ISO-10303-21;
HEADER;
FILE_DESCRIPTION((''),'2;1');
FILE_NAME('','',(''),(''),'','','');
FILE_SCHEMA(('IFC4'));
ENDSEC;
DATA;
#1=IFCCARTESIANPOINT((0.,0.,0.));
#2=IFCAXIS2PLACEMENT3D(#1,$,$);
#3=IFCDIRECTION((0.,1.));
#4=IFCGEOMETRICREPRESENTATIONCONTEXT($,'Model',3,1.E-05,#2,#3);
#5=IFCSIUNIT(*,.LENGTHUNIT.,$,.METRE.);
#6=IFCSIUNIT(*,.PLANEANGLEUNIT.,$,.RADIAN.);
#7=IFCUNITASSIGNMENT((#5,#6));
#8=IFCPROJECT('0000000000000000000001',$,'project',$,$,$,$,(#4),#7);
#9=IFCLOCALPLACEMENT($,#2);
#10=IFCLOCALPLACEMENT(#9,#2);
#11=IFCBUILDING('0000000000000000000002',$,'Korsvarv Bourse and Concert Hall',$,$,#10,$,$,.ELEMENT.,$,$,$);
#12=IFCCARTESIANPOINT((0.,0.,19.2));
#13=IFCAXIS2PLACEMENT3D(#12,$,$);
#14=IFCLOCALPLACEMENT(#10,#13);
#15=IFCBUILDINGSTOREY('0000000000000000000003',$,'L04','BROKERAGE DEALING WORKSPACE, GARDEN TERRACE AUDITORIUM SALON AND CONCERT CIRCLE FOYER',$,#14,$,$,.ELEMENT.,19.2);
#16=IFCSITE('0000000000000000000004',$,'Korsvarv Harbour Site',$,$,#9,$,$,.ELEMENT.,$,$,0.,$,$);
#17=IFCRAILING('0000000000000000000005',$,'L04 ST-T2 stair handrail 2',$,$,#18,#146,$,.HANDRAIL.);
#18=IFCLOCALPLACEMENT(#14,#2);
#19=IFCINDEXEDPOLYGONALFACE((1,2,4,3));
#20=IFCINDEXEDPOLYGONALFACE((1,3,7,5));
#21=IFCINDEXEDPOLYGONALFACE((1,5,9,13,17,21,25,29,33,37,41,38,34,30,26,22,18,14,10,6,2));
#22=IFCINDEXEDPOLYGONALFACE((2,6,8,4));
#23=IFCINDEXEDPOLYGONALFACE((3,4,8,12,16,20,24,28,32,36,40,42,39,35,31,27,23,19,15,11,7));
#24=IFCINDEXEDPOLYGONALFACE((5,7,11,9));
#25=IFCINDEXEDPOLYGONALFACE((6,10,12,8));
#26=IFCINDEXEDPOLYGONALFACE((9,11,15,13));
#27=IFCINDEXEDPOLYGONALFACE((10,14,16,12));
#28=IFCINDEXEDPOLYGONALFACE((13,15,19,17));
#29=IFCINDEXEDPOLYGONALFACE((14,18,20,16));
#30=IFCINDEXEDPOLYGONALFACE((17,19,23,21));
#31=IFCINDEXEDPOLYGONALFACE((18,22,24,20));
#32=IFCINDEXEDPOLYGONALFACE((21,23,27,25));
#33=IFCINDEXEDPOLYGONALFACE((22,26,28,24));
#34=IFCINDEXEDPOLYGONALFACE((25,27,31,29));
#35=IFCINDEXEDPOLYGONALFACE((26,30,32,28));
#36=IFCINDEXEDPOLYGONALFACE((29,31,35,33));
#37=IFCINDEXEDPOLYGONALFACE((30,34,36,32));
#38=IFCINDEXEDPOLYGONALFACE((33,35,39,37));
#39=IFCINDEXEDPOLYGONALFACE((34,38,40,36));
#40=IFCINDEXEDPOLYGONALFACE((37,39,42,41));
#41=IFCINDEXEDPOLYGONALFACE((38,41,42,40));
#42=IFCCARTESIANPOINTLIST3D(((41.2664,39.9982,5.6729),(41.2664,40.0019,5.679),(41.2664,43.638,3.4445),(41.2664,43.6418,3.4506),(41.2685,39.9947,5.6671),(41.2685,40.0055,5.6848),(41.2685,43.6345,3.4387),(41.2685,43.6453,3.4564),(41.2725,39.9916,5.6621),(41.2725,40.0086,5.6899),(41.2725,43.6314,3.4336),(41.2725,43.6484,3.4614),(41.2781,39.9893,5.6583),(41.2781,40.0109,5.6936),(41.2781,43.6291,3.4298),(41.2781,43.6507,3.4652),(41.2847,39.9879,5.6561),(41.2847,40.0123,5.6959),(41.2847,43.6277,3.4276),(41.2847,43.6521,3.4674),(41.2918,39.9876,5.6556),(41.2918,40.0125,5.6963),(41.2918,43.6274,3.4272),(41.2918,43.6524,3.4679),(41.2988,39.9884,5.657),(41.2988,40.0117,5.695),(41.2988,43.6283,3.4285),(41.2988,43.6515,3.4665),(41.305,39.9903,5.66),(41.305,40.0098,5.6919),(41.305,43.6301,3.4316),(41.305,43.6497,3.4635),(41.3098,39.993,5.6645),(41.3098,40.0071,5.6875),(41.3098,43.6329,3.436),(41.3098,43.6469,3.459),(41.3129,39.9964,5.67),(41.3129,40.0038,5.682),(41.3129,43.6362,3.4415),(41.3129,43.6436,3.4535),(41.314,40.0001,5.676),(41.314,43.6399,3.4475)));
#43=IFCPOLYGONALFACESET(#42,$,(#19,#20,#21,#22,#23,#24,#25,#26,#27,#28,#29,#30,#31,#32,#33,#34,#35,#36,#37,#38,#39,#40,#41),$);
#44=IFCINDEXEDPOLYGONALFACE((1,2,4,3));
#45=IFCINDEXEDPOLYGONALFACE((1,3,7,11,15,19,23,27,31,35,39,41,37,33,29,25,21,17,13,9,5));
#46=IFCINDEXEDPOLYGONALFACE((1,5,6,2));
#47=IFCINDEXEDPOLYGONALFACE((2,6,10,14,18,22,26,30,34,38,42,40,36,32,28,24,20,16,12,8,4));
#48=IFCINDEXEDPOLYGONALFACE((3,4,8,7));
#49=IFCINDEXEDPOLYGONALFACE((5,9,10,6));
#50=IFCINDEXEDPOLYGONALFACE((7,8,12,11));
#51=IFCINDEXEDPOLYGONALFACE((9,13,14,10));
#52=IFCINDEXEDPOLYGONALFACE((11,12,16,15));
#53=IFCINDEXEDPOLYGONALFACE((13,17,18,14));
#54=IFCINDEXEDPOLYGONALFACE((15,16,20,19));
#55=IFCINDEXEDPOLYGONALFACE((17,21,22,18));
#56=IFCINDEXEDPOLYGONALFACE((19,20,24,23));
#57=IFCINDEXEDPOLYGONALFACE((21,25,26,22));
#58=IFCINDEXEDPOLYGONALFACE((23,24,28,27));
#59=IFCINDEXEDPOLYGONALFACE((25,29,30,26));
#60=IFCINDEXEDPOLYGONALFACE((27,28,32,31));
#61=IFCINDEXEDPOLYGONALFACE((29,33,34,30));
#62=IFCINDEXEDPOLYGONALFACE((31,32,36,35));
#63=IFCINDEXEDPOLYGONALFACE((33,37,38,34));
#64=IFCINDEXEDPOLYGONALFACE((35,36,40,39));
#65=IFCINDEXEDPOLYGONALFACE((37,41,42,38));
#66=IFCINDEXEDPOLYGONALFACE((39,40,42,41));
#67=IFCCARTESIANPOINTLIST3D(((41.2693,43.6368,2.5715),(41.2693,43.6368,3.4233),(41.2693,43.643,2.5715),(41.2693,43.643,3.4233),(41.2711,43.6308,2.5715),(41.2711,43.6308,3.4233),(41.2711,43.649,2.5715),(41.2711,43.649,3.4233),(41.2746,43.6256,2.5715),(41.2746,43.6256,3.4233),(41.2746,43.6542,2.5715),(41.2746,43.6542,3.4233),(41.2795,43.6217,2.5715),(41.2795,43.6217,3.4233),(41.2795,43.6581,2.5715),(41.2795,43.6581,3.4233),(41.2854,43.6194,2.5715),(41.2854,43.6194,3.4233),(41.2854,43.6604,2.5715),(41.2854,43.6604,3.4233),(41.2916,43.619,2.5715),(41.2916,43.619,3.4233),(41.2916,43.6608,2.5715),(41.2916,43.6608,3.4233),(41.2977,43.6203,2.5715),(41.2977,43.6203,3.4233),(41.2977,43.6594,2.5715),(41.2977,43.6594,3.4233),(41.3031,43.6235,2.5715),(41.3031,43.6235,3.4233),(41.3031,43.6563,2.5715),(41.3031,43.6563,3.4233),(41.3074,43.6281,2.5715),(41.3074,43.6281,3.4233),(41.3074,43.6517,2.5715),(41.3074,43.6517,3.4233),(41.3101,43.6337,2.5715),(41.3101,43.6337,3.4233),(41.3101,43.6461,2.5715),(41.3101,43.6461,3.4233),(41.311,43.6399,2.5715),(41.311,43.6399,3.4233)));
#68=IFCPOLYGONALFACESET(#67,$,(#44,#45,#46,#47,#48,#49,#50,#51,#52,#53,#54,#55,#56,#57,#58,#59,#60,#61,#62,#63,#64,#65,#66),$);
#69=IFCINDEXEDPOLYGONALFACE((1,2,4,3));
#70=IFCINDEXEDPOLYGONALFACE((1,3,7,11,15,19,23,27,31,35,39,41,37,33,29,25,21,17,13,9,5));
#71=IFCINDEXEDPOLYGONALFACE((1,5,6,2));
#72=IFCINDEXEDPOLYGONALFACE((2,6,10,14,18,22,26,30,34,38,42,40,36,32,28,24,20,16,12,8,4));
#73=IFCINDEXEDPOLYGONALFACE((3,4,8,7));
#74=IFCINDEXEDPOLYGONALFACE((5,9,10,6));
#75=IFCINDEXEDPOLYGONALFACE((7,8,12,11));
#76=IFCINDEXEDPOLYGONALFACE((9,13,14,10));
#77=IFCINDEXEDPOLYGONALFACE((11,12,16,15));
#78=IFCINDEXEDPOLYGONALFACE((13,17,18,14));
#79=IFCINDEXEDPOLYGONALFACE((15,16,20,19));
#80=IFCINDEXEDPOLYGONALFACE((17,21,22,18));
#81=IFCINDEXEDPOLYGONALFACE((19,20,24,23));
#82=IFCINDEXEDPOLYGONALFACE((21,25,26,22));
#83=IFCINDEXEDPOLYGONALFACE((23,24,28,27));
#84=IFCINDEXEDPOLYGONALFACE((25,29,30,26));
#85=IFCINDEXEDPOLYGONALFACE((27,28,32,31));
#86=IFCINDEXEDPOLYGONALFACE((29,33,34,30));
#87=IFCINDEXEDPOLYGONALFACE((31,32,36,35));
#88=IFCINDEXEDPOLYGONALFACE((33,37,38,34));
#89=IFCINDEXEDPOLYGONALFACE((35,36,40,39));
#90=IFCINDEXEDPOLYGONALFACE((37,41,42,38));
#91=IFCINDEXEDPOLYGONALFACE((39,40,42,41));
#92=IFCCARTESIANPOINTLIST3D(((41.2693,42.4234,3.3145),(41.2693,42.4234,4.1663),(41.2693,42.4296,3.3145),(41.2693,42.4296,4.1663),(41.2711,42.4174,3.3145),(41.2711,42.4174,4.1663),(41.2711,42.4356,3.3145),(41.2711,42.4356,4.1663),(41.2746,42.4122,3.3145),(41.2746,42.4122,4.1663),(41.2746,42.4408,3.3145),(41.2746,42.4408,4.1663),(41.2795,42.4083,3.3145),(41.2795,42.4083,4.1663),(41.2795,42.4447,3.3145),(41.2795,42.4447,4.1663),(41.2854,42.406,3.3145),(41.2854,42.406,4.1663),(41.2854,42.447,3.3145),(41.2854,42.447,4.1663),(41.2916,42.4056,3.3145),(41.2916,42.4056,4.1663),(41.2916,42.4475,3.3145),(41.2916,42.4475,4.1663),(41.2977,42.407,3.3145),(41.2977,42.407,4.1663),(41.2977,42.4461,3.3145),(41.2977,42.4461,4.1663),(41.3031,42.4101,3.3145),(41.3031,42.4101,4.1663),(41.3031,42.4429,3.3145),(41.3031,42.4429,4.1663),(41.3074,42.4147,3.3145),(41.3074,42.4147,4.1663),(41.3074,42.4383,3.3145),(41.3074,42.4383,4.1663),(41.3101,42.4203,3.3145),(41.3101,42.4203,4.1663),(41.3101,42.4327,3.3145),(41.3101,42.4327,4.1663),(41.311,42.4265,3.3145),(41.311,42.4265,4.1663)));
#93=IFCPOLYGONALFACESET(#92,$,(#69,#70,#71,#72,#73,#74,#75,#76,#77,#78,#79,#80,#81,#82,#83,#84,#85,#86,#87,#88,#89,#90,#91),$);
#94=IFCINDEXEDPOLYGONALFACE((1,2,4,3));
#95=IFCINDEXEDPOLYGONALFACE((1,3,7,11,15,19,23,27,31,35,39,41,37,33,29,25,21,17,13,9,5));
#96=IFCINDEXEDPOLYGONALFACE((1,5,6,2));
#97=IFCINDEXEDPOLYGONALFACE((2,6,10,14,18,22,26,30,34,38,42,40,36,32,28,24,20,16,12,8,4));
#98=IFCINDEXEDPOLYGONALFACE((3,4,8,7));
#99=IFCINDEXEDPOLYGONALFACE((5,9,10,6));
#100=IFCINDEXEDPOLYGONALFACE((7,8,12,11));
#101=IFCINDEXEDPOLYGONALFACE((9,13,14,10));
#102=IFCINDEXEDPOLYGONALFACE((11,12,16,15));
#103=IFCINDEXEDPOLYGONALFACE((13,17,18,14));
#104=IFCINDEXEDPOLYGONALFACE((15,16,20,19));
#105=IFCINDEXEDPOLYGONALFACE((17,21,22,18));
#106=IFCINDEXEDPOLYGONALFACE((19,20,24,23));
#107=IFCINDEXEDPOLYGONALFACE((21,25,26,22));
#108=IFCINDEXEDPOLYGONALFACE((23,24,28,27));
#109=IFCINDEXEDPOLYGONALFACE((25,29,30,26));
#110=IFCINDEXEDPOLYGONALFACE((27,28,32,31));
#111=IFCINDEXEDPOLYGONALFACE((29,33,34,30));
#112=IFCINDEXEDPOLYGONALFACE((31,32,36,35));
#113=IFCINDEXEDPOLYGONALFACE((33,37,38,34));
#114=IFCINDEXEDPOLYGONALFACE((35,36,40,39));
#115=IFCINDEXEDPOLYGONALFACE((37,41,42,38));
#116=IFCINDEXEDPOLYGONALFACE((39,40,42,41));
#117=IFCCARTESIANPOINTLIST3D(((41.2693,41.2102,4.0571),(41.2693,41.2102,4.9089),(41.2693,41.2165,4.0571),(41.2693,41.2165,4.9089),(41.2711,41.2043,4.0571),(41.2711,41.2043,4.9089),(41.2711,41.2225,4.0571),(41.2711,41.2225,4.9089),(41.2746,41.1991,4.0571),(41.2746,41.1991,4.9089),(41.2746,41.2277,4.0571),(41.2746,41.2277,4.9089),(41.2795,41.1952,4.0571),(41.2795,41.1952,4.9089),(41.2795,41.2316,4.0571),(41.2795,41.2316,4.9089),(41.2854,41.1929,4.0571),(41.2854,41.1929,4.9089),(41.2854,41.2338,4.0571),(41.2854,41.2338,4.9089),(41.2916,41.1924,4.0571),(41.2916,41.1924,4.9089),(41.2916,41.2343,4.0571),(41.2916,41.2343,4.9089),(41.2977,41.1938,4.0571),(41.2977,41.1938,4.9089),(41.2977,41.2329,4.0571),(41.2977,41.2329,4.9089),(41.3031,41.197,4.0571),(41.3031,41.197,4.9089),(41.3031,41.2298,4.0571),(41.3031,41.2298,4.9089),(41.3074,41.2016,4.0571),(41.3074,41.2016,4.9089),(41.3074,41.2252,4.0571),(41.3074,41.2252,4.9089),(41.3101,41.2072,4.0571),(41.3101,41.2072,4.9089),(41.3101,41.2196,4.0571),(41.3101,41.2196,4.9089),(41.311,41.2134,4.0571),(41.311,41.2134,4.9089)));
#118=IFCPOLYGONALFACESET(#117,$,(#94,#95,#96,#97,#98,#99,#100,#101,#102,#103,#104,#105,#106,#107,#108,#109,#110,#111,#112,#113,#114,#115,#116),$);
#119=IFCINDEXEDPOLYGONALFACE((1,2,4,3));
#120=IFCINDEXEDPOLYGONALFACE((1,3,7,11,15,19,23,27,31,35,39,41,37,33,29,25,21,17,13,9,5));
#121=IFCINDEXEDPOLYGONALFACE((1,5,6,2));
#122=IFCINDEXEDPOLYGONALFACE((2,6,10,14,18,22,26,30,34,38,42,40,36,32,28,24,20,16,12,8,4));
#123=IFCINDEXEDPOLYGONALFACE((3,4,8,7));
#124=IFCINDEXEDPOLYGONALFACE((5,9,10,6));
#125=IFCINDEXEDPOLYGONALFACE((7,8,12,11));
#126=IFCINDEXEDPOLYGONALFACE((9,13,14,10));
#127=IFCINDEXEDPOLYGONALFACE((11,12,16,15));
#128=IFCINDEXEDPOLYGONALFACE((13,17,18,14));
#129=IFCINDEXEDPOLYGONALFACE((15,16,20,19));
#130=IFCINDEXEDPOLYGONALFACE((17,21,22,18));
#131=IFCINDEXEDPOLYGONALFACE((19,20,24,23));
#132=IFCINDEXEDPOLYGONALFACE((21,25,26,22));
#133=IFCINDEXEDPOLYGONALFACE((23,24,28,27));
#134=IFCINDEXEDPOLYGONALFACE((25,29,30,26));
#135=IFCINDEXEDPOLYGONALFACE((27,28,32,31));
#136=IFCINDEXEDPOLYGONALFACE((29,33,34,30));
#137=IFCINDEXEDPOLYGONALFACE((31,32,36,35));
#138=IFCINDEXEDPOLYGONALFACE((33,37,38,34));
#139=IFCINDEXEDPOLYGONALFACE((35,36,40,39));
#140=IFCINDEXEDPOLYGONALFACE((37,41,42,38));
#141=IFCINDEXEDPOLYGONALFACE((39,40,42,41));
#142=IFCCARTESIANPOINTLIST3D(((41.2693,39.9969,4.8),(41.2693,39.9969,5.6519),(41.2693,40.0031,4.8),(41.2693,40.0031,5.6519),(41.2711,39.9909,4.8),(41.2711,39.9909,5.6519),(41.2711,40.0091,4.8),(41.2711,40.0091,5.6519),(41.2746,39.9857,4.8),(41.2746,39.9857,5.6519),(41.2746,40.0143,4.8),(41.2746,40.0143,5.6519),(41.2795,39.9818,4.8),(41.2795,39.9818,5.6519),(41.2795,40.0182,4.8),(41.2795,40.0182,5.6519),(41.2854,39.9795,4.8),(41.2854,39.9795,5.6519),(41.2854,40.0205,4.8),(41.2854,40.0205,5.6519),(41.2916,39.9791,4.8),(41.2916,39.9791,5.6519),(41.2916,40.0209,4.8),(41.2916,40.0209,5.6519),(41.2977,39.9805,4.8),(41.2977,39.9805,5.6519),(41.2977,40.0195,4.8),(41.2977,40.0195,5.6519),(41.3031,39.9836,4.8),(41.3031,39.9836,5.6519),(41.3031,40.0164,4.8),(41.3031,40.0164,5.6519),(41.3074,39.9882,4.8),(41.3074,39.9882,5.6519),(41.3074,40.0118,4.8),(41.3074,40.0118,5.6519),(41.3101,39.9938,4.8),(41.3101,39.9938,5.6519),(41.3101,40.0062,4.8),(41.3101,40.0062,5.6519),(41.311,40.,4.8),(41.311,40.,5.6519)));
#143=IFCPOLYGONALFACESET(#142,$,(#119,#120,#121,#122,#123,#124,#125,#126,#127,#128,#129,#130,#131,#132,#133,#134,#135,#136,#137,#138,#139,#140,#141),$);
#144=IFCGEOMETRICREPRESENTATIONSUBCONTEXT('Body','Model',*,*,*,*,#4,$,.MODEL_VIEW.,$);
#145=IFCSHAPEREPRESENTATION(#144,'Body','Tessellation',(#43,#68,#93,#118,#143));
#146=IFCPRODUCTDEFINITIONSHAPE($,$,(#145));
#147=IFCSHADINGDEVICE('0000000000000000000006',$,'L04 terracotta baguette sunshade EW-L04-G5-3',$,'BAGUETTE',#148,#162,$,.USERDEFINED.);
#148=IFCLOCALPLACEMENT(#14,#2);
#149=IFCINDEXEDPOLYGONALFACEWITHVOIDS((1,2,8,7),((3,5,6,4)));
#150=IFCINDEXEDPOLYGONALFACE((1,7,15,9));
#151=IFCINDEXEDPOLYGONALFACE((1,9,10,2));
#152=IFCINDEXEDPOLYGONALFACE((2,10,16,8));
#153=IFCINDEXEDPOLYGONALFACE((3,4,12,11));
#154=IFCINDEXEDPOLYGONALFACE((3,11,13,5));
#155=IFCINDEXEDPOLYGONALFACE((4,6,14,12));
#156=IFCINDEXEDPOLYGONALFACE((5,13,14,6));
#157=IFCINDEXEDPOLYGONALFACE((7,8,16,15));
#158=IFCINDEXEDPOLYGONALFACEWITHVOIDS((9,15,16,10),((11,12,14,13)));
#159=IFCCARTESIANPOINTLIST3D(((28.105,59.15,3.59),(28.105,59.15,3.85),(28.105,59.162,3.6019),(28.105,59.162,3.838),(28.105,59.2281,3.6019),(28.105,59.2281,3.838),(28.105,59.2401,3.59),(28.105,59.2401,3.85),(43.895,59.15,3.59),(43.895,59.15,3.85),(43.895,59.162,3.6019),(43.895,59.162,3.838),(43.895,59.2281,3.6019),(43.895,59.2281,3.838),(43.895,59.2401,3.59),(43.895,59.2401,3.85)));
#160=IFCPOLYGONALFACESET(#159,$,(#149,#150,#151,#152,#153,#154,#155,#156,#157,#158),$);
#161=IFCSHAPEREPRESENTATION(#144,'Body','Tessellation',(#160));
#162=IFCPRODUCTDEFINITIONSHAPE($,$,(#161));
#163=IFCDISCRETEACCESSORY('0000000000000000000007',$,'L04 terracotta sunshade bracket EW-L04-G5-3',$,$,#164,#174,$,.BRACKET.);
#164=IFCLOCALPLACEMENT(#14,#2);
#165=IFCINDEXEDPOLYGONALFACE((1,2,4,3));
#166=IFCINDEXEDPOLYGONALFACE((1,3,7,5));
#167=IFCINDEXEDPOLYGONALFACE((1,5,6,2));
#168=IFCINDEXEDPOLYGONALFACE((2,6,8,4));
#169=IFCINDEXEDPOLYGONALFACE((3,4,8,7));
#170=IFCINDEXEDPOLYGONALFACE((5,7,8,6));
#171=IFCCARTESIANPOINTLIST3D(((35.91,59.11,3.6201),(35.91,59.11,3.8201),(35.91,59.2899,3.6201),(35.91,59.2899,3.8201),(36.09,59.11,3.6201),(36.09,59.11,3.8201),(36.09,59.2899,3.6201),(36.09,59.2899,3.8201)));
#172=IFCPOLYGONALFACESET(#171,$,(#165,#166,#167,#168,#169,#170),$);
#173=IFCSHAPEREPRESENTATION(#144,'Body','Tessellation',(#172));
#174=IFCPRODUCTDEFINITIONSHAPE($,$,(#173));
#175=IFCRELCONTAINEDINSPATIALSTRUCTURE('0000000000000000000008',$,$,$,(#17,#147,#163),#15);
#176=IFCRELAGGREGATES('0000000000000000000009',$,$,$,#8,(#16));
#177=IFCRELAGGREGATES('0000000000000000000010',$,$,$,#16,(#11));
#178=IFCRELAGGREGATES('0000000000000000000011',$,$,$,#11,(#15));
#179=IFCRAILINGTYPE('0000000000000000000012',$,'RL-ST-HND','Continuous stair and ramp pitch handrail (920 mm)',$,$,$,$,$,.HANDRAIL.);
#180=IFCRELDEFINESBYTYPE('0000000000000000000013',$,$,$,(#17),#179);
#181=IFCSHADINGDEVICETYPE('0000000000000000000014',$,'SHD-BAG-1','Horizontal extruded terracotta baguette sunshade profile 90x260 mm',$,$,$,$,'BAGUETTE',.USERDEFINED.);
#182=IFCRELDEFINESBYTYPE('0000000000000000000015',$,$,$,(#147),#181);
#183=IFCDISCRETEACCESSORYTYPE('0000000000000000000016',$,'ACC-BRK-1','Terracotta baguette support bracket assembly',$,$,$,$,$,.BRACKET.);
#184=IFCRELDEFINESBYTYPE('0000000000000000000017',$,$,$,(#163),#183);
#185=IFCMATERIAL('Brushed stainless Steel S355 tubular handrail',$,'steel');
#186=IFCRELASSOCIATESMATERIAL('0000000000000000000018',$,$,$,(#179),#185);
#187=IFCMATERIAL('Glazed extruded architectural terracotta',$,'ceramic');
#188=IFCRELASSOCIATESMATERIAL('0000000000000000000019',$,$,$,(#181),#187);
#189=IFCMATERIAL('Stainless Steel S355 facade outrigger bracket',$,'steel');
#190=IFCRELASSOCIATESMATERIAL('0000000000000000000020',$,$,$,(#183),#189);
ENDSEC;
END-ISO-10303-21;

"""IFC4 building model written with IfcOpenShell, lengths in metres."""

from ifc_helpers import new_model, si_unit, direction, frame, origin, origin_2d, place, context, subcontext, project, spatial, rectangle, hollow_rectangle, circle, extrude, source, transform, mapped, material, material_profile, profile_set, type_object, element, save


model = new_model("IFC4")

# Units and contexts
model_context = context("Model", 3, precision=1e-05, world=origin(), true_north=direction((0.0, 1.0)))
body_context = subcontext(model_context, "Body", "Model", "MODEL_VIEW")
ifc_project = project(units=[si_unit("LENGTHUNIT", "METRE"), si_unit("PLANEANGLEUNIT", "RADIAN")], contexts=[model_context])

# Site, building, storey
site_placement = place(None, origin())
site = spatial("IfcSite", under=ifc_project, at=site_placement, Name="Korsvarv Harbour Site", CompositionType="ELEMENT", RefElevation=0.0)
building_placement = place(site_placement, origin())
building = spatial("IfcBuilding", under=site, at=building_placement, Name="Korsvarv Bourse and Concert Hall", CompositionType="ELEMENT")
storey_placement = place(building_placement, frame((0.0, 0.0, 19.2)))
storey = spatial("IfcBuildingStorey", under=building, at=storey_placement, Name="L04", Description="BROKERAGE DEALING WORKSPACE, GARDEN TERRACE AUDITORIUM SALON AND CONCERT CIRCLE FOYER", CompositionType="ELEMENT", Elevation=19.2)

# Railing
ifc_material_1 = material(Name="Brushed stainless Steel S355 tubular handrail", Category="steel")
railing_type_1 = type_object("IfcRailingType", Name="RL-ST-HND", Description="Continuous stair and ramp pitch handrail (920 mm)", PredefinedType="HANDRAIL", material=ifc_material_1)
railing_1_placement = place(storey_placement, frame((41.29, 43.6399, 2.5715)))
element("IfcRailing", 1, at=railing_1_placement, inside=storey, type_object=railing_type_1, Name="L04 ST-T2 stair handrail 2", PredefinedType="HANDRAIL", context=body_context, shape_type="SweptSolid", body=[
    extrude(circle(Radius=0.0239, at=origin_2d()), frame((0.0, 0.0, 0.876), z_axis=(0.0, -0.85285, 0.522156), x_axis=(1.0, 0.0, 0.0)), (0.0, 0.0, 1.0), 4.2678),
    extrude(circle(Radius=0.021, at=origin_2d()), origin(), (0.0, 0.0, 1.0), 0.8518),
    extrude(circle(Radius=0.021, at=origin_2d()), frame((0.0, -1.2134, 0.7429)), (0.0, 0.0, 1.0), 0.8518),
    extrude(circle(Radius=0.021, at=origin_2d()), frame((0.0, -2.4265, 1.4856)), (0.0, 0.0, 1.0), 0.8518),
    extrude(circle(Radius=0.021, at=origin_2d()), frame((0.0, -3.6399, 2.2285)), (0.0, 0.0, 1.0), 0.8518),
])

# Shading device
ifc_material_2 = material(Name="Glazed extruded architectural terracotta", Category="ceramic")
ifc_material_profile_1 = material_profile(ifc_material_2, hollow_rectangle(XDim=0.0901, YDim=0.26, WallThickness=0.012, at=origin_2d()), Name="TC-BAG 90x260")
ifc_profile_set_1 = profile_set([ifc_material_profile_1], Name="Glazed extruded architectural terracotta")
shading_device_type = type_object("IfcShadingDeviceType", Name="SHD-BAG-1", Description="Horizontal extruded terracotta baguette sunshade profile 90x260 mm", ElementType="BAGUETTE", PredefinedType="USERDEFINED", material=ifc_profile_set_1)
shared_shape_1 = source(origin(), body_context, "Body", "SweptSolid", [
    extrude(hollow_rectangle(XDim=0.0901, YDim=0.26, WallThickness=0.012, at=origin_2d()), origin(), (0.0, 0.0, 1.0), 15.79),
])
shading_device_placement = place(storey_placement, frame((43.895, 59.1951, 3.72), z_axis=(-1.0, 0.0, 0.0), x_axis=(0.0, -1.0, 0.0)))
element("IfcShadingDevice", 2, at=shading_device_placement, inside=storey, type_object=shading_device_type, Name="L04 terracotta baguette sunshade EW-L04-G5-3", ObjectType="BAGUETTE", PredefinedType="USERDEFINED", context=body_context, shape_type="MappedRepresentation", body=[
    mapped(shared_shape_1, transform((0.0, 0.0, 0.0), scale=1.0)),
])

# Discrete accessory
ifc_material_3 = material(Name="Stainless Steel S355 facade outrigger bracket", Category="steel")
discrete_accessory_type = type_object("IfcDiscreteAccessoryType", Name="ACC-BRK-1", Description="Terracotta baguette support bracket assembly", PredefinedType="BRACKET", material=ifc_material_3)
shared_shape_2 = source(origin(), body_context, "Body", "SweptSolid", [
    extrude(rectangle(XDim=0.1799, YDim=0.1799, at=origin_2d()), origin(), (0.0, 0.0, 1.0), 0.2),
])
discrete_accessory_placement = place(storey_placement, frame((36.0, 59.2, 3.6201), z_axis=(0.0, 0.0, 1.0), x_axis=(-1.0, 0.0, 0.0)))
element("IfcDiscreteAccessory", 3, at=discrete_accessory_placement, inside=storey, type_object=discrete_accessory_type, Name="L04 terracotta sunshade bracket EW-L04-G5-3", PredefinedType="BRACKET", context=body_context, shape_type="MappedRepresentation", body=[
    mapped(shared_shape_2, transform((0.0, 0.0, 0.0), scale=1.0)),
])

save(model, "model.ifc")
